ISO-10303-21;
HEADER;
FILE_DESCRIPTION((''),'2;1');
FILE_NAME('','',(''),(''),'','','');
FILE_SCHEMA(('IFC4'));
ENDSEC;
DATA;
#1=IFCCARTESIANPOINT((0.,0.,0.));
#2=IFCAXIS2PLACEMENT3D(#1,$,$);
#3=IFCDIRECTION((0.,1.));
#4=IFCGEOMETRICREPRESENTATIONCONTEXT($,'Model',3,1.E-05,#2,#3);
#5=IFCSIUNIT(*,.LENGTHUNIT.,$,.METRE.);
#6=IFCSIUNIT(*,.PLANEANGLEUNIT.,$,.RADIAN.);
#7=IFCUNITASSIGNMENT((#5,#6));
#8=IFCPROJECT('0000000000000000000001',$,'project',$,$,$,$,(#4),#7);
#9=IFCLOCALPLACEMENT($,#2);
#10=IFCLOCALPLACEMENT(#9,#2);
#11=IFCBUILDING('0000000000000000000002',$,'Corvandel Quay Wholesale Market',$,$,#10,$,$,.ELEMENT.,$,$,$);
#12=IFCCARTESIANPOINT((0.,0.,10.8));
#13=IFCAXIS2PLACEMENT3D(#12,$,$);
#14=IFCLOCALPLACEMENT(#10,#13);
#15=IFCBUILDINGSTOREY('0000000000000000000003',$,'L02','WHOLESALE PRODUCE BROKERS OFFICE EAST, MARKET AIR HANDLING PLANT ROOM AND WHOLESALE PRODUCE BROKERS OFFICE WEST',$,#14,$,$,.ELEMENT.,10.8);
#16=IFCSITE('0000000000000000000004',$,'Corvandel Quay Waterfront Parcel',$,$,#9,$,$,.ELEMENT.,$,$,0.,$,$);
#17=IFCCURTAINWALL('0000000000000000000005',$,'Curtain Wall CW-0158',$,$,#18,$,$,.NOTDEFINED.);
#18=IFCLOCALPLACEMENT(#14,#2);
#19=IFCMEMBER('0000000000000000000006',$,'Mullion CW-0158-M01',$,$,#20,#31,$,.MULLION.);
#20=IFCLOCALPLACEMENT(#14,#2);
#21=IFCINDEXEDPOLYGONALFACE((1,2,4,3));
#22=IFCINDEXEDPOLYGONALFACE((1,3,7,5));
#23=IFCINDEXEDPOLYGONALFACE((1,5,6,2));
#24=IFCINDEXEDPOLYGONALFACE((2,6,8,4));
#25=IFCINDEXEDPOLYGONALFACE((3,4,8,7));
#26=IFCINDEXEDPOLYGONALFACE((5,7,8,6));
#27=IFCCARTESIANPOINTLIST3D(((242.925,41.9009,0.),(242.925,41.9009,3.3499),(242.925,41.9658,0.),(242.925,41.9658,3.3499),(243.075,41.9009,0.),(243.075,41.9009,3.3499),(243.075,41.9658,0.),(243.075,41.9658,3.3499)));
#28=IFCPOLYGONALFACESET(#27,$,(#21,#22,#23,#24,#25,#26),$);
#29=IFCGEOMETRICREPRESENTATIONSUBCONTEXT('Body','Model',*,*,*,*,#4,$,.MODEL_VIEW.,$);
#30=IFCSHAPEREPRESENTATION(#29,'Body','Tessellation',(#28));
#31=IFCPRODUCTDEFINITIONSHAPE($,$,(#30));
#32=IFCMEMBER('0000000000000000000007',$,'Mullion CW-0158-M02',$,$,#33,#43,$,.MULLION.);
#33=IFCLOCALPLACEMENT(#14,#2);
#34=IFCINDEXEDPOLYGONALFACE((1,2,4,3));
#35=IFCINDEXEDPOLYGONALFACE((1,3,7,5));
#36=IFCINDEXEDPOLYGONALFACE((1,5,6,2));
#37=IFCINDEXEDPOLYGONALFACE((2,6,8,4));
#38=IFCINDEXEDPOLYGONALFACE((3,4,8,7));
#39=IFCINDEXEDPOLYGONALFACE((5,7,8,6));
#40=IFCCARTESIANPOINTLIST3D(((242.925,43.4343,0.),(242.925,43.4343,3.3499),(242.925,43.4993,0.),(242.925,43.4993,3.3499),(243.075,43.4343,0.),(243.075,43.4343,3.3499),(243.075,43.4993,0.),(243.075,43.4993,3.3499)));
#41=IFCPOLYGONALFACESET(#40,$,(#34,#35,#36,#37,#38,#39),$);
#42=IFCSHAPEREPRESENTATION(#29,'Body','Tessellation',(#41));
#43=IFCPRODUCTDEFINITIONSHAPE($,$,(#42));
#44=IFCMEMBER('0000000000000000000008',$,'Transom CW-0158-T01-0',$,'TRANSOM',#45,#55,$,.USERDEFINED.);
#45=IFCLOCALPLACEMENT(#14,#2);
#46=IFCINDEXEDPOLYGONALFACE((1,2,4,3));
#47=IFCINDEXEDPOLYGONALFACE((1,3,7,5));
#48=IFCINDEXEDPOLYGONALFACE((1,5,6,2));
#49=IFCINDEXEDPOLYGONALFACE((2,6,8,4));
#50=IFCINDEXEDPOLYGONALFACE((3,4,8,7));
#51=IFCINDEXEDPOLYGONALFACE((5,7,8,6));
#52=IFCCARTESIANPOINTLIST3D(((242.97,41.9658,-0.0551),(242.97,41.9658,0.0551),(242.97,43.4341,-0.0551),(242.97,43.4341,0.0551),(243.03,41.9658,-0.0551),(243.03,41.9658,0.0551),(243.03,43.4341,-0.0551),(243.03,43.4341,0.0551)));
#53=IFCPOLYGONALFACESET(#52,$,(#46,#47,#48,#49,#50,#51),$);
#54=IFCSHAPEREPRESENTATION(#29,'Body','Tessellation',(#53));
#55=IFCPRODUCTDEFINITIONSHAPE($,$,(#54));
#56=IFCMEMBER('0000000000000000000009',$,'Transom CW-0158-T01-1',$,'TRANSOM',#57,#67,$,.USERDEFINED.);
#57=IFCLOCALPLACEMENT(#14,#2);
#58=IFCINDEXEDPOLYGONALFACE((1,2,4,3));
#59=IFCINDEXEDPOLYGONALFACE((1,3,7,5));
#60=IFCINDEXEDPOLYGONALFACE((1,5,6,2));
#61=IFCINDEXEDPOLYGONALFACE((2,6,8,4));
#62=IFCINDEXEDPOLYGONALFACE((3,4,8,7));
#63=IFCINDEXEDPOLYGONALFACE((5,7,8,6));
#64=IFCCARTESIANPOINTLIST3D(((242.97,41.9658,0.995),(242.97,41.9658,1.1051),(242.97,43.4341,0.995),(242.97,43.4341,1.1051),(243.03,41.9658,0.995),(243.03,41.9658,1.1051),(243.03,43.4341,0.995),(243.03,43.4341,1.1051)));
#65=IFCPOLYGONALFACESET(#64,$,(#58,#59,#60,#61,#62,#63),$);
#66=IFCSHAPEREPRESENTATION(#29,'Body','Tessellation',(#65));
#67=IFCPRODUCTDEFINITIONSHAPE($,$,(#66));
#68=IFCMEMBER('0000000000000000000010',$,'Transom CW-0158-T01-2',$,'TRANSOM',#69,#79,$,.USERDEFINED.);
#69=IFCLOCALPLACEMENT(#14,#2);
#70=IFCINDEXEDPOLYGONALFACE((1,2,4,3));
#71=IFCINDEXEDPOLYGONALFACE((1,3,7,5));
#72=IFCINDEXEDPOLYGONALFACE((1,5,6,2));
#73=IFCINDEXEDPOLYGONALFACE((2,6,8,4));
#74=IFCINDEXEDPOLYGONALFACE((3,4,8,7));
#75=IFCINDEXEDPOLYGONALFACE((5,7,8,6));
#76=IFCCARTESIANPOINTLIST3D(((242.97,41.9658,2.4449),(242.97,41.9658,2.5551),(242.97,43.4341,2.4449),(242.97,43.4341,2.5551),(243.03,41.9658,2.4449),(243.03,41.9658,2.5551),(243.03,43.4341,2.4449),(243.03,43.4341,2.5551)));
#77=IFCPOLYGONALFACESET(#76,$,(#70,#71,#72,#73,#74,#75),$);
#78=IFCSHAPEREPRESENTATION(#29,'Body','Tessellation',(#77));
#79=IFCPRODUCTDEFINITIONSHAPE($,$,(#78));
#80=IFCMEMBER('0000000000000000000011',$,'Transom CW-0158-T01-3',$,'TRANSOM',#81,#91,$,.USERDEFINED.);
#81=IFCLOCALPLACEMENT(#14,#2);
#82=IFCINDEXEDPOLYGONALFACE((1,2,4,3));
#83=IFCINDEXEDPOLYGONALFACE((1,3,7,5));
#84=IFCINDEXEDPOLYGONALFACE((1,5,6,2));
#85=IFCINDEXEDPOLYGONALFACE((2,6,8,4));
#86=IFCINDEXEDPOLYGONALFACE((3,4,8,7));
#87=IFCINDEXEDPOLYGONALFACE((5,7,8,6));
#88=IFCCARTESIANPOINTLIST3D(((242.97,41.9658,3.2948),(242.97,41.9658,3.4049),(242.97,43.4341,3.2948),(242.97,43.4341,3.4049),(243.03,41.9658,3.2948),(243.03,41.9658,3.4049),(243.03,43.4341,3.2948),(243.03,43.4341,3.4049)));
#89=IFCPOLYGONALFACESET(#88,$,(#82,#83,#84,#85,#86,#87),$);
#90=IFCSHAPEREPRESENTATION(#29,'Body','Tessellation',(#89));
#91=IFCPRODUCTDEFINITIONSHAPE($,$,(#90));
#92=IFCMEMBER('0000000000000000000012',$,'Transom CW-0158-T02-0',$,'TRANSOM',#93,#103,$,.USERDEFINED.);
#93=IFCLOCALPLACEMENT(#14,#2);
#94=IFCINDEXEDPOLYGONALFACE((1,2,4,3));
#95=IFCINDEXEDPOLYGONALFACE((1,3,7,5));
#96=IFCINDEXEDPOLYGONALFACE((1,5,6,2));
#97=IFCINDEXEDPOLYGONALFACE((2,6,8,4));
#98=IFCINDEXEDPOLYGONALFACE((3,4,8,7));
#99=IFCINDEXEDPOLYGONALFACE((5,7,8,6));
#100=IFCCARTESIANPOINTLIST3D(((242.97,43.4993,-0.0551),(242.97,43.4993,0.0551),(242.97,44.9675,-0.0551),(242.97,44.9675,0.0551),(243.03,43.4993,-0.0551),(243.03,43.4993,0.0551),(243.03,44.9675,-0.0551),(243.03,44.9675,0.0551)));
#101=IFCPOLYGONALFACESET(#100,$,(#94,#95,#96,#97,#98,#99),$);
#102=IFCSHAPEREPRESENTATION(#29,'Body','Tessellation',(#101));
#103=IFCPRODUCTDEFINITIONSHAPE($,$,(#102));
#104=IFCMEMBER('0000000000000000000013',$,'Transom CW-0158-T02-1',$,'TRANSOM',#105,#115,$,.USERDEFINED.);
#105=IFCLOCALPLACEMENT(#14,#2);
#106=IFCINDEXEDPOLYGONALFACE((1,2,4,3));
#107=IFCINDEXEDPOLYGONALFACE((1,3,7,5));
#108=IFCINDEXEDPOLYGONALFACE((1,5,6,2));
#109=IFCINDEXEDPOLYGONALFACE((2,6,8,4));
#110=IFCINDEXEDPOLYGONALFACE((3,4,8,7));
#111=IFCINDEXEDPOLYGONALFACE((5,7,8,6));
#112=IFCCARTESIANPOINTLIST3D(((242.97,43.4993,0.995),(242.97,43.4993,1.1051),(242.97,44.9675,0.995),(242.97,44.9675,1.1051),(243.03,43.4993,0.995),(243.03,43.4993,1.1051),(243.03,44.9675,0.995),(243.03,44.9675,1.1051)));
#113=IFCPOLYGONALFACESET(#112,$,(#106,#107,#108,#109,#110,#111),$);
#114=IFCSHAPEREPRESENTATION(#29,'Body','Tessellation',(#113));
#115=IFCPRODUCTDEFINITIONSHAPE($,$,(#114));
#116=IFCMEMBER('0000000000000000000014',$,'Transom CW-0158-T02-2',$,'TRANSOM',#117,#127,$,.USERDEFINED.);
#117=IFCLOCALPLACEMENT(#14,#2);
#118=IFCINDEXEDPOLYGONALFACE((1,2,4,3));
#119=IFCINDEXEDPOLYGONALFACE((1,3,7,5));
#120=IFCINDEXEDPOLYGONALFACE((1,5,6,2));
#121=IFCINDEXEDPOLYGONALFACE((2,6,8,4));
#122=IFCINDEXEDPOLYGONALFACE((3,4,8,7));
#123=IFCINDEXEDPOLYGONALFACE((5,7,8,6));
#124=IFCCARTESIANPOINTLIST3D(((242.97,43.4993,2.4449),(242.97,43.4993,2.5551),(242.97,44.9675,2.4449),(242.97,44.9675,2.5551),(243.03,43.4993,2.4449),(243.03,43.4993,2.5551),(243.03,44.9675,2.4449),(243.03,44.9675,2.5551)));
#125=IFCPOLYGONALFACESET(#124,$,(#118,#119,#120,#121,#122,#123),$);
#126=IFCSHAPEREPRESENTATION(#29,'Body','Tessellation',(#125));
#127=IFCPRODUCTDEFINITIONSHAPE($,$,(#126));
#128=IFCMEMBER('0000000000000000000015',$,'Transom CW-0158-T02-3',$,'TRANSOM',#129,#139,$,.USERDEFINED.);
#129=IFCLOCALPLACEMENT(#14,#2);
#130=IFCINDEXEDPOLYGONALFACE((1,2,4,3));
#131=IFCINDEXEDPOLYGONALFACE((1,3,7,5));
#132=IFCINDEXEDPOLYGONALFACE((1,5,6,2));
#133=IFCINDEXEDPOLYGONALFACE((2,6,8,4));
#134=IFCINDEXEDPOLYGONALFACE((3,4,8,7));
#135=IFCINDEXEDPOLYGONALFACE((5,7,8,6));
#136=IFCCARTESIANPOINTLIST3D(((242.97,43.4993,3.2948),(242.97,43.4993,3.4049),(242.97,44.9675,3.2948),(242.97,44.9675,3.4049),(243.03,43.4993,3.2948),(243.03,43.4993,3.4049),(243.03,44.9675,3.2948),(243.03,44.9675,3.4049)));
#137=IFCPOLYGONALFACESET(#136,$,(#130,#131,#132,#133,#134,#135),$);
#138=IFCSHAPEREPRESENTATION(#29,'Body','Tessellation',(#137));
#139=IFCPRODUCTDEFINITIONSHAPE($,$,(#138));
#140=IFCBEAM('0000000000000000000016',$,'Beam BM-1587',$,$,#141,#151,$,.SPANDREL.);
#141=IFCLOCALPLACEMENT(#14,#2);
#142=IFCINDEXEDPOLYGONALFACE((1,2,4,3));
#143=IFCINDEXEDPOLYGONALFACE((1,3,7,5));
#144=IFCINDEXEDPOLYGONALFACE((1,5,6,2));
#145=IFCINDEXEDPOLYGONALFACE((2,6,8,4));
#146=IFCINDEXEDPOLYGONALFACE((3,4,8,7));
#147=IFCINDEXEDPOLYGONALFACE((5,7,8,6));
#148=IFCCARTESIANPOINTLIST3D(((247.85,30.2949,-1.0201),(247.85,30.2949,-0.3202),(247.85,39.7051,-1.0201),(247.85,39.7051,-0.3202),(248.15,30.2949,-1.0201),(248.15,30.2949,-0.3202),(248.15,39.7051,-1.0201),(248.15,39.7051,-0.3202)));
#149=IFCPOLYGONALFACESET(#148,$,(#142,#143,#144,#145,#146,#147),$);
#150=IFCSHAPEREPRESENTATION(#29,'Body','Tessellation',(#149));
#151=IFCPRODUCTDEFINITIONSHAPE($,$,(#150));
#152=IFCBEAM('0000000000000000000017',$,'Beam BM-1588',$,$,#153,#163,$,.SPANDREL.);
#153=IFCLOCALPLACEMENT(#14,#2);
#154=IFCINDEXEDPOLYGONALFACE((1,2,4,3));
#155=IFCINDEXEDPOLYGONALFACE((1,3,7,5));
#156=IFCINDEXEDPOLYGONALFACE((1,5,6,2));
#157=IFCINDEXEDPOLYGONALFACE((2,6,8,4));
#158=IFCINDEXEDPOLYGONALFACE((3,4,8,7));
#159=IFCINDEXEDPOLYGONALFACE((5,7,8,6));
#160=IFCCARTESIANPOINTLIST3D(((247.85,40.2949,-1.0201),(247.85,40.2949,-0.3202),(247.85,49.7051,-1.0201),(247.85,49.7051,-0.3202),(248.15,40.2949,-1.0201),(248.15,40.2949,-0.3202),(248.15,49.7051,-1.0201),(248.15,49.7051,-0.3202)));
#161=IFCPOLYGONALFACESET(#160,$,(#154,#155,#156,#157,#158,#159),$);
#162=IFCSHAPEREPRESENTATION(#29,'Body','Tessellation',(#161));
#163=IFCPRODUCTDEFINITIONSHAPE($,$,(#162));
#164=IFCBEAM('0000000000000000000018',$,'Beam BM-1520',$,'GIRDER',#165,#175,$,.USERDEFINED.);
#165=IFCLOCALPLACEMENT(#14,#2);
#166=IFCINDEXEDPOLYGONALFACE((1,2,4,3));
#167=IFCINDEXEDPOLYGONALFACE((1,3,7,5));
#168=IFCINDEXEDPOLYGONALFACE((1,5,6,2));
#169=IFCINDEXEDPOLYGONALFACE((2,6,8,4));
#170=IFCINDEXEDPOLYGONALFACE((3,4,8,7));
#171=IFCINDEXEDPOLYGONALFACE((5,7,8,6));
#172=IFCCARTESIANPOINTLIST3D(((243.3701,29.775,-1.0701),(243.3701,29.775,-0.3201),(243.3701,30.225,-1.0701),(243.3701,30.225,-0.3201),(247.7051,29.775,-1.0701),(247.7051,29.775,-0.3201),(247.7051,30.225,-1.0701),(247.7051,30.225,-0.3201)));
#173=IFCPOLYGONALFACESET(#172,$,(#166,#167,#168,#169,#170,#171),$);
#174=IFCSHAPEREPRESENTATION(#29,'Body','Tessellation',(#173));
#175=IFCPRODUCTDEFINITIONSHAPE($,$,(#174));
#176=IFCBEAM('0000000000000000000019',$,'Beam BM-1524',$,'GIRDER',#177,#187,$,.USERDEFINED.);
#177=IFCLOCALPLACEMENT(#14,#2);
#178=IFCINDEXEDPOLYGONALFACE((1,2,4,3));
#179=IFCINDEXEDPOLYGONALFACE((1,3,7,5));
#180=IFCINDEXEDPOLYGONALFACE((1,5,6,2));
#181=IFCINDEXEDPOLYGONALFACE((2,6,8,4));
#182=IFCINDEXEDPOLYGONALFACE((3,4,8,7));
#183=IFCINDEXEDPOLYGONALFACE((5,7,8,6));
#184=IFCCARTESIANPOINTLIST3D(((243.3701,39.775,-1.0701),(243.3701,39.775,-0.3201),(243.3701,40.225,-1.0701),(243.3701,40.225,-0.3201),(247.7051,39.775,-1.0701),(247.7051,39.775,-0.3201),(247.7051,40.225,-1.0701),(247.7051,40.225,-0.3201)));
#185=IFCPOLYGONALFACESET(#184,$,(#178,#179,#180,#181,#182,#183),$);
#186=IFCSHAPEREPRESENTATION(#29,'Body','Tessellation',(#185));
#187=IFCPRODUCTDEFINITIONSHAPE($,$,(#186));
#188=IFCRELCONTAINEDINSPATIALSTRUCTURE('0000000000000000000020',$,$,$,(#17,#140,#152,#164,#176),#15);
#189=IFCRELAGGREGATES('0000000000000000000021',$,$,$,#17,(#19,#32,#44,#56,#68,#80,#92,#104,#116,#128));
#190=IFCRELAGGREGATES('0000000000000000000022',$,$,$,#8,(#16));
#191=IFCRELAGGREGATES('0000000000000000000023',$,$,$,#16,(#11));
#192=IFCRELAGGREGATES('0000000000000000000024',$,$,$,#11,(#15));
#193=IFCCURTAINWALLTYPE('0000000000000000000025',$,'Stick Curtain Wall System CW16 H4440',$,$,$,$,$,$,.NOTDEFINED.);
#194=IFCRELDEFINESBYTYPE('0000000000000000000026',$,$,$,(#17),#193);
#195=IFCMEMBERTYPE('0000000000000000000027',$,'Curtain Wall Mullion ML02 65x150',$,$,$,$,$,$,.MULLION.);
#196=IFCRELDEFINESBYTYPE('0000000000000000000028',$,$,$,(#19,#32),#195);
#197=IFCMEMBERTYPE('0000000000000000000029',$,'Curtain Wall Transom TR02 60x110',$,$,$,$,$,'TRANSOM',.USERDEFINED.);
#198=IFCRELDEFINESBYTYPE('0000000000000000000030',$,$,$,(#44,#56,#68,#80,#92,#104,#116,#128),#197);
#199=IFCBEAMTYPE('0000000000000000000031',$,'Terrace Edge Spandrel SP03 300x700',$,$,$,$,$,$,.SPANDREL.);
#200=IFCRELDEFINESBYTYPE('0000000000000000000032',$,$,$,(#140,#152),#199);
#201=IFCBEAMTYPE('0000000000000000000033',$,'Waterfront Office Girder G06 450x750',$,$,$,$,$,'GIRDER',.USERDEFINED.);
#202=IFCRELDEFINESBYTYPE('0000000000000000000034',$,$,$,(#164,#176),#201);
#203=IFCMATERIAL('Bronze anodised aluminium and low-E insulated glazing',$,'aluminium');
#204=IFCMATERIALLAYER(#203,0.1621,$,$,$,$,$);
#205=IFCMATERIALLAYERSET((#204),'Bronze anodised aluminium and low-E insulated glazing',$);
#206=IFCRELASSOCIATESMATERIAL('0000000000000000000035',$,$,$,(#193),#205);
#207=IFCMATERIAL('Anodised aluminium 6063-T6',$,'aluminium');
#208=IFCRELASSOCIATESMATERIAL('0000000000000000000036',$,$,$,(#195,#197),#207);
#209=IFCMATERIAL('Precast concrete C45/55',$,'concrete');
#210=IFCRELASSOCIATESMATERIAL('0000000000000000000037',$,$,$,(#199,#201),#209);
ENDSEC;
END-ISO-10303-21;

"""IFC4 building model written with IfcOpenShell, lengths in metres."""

from ifc_helpers import new_model, si_unit, direction, frame, origin, origin_2d, place, context, subcontext, project, spatial, rectangle, extrude, material, layer, layer_set, material_profile, profile_set, type_object, element, aggregate, save


model = new_model("IFC4")

# Units and contexts
model_context = context("Model", 3, precision=1e-05, world=origin(), true_north=direction((0.0, 1.0)))
body_context = subcontext(model_context, "Body", "Model", "MODEL_VIEW")
ifc_project = project(units=[si_unit("LENGTHUNIT", "METRE"), si_unit("PLANEANGLEUNIT", "RADIAN")], contexts=[model_context])

# Site, building, storey
site_placement = place(None, origin())
site = spatial("IfcSite", under=ifc_project, at=site_placement, Name="Corvandel Quay Waterfront Parcel", CompositionType="ELEMENT", RefElevation=0.0)
building_placement = place(site_placement, origin())
building = spatial("IfcBuilding", under=site, at=building_placement, Name="Corvandel Quay Wholesale Market", CompositionType="ELEMENT")
storey_placement = place(building_placement, frame((0.0, 0.0, 10.8)))
storey = spatial("IfcBuildingStorey", under=building, at=storey_placement, Name="L02", Description="WHOLESALE PRODUCE BROKERS OFFICE EAST, MARKET AIR HANDLING PLANT ROOM AND WHOLESALE PRODUCE BROKERS OFFICE WEST", CompositionType="ELEMENT", Elevation=10.8)

# Curtain wall, members
ifc_material_1 = material(Name="Bronze anodised aluminium and low-E insulated glazing", Category="aluminium")
ifc_layer_1 = layer(ifc_material_1, 0.1621)
ifc_layer_set_1 = layer_set([ifc_layer_1], Name="Bronze anodised aluminium and low-E insulated glazing")
curtain_wall_type = type_object("IfcCurtainWallType", Name="Stick Curtain Wall System CW16 H4440", PredefinedType="NOTDEFINED", material=ifc_layer_set_1)
curtain_wall_placement = place(storey_placement, origin())
curtain_wall = element("IfcCurtainWall", 1, at=curtain_wall_placement, inside=storey, type_object=curtain_wall_type, Name="Curtain Wall CW-0158", PredefinedType="NOTDEFINED")
ifc_material_2 = material(Name="Anodised aluminium 6063-T6", Category="aluminium")
ifc_material_profile_1 = material_profile(ifc_material_2, rectangle(XDim=0.0649, YDim=0.1499, at=origin_2d()), Name="ALU-MUL-65x150")
ifc_profile_set_1 = profile_set([ifc_material_profile_1], Name="Anodised aluminium 6063-T6")
member_type_1 = type_object("IfcMemberType", Name="Curtain Wall Mullion ML02 65x150", PredefinedType="MULLION", material=ifc_profile_set_1)
member_1_placement = place(storey_placement, frame((243.0, 41.9333, 0.0), z_axis=(0.0, 0.0, 1.0), x_axis=(0.0, 1.0, 0.0)))
member_1 = element("IfcMember", 2, at=member_1_placement, type_object=member_type_1, Name="Mullion CW-0158-M01", PredefinedType="MULLION", context=body_context, shape_type="SweptSolid", body=[
    extrude(rectangle(XDim=0.0649, YDim=0.1499, at=origin_2d()), origin(), (0.0, 0.0, 1.0), 3.3499),
])
member_2_placement = place(storey_placement, frame((243.0, 43.4668, 0.0), z_axis=(0.0, 0.0, 1.0), x_axis=(0.0, 1.0, 0.0)))
member_2 = element("IfcMember", 3, at=member_2_placement, type_object=member_type_1, Name="Mullion CW-0158-M02", PredefinedType="MULLION", context=body_context, shape_type="SweptSolid", body=[
    extrude(rectangle(XDim=0.0649, YDim=0.1499, at=origin_2d()), origin(), (0.0, 0.0, 1.0), 3.3499),
])
ifc_material_profile_2 = material_profile(ifc_material_2, rectangle(XDim=0.0601, YDim=0.1101, at=origin_2d()), Name="ALU-TRN-60x110")
ifc_profile_set_2 = profile_set([ifc_material_profile_2], Name="Anodised aluminium 6063-T6")
member_type_2 = type_object("IfcMemberType", Name="Curtain Wall Transom TR02 60x110", ElementType="TRANSOM", PredefinedType="USERDEFINED", material=ifc_profile_set_2)
member_3_placement = place(storey_placement, frame((243.0, 41.9658, 0.0), z_axis=(0.0, 1.0, 0.0), x_axis=(-1.0, 0.0, 0.0)))
member_3 = element("IfcMember", 4, at=member_3_placement, type_object=member_type_2, Name="Transom CW-0158-T01-0", ObjectType="TRANSOM", PredefinedType="USERDEFINED", context=body_context, shape_type="SweptSolid", body=[
    extrude(rectangle(XDim=0.0601, YDim=0.1101, at=origin_2d()), origin(), (0.0, 0.0, 1.0), 1.4683),
])
member_4_placement = place(storey_placement, frame((243.0, 41.9658, 1.05), z_axis=(0.0, 1.0, 0.0), x_axis=(-1.0, 0.0, 0.0)))
member_4 = element("IfcMember", 5, at=member_4_placement, type_object=member_type_2, Name="Transom CW-0158-T01-1", ObjectType="TRANSOM", PredefinedType="USERDEFINED", context=body_context, shape_type="SweptSolid", body=[
    extrude(rectangle(XDim=0.0601, YDim=0.1101, at=origin_2d()), origin(), (0.0, 0.0, 1.0), 1.4683),
])
member_5_placement = place(storey_placement, frame((243.0, 41.9658, 2.5), z_axis=(0.0, 1.0, 0.0), x_axis=(-1.0, 0.0, 0.0)))
member_5 = element("IfcMember", 6, at=member_5_placement, type_object=member_type_2, Name="Transom CW-0158-T01-2", ObjectType="TRANSOM", PredefinedType="USERDEFINED", context=body_context, shape_type="SweptSolid", body=[
    extrude(rectangle(XDim=0.0601, YDim=0.1101, at=origin_2d()), origin(), (0.0, 0.0, 1.0), 1.4683),
])
member_6_placement = place(storey_placement, frame((243.0, 41.9658, 3.3499), z_axis=(0.0, 1.0, 0.0), x_axis=(-1.0, 0.0, 0.0)))
member_6 = element("IfcMember", 7, at=member_6_placement, type_object=member_type_2, Name="Transom CW-0158-T01-3", ObjectType="TRANSOM", PredefinedType="USERDEFINED", context=body_context, shape_type="SweptSolid", body=[
    extrude(rectangle(XDim=0.0601, YDim=0.1101, at=origin_2d()), origin(), (0.0, 0.0, 1.0), 1.4683),
])
member_7_placement = place(storey_placement, frame((243.0, 43.4993, 0.0), z_axis=(0.0, 1.0, 0.0), x_axis=(-1.0, 0.0, 0.0)))
member_7 = element("IfcMember", 8, at=member_7_placement, type_object=member_type_2, Name="Transom CW-0158-T02-0", ObjectType="TRANSOM", PredefinedType="USERDEFINED", context=body_context, shape_type="SweptSolid", body=[
    extrude(rectangle(XDim=0.0601, YDim=0.1101, at=origin_2d()), origin(), (0.0, 0.0, 1.0), 1.4683),
])
member_8_placement = place(storey_placement, frame((243.0, 43.4993, 1.05), z_axis=(0.0, 1.0, 0.0), x_axis=(-1.0, 0.0, 0.0)))
member_8 = element("IfcMember", 9, at=member_8_placement, type_object=member_type_2, Name="Transom CW-0158-T02-1", ObjectType="TRANSOM", PredefinedType="USERDEFINED", context=body_context, shape_type="SweptSolid", body=[
    extrude(rectangle(XDim=0.0601, YDim=0.1101, at=origin_2d()), origin(), (0.0, 0.0, 1.0), 1.4683),
])
member_9_placement = place(storey_placement, frame((243.0, 43.4993, 2.5), z_axis=(0.0, 1.0, 0.0), x_axis=(-1.0, 0.0, 0.0)))
member_9 = element("IfcMember", 10, at=member_9_placement, type_object=member_type_2, Name="Transom CW-0158-T02-2", ObjectType="TRANSOM", PredefinedType="USERDEFINED", context=body_context, shape_type="SweptSolid", body=[
    extrude(rectangle(XDim=0.0601, YDim=0.1101, at=origin_2d()), origin(), (0.0, 0.0, 1.0), 1.4683),
])
member_10_placement = place(storey_placement, frame((243.0, 43.4993, 3.3499), z_axis=(0.0, 1.0, 0.0), x_axis=(-1.0, 0.0, 0.0)))
member_10 = element("IfcMember", 11, at=member_10_placement, type_object=member_type_2, Name="Transom CW-0158-T02-3", ObjectType="TRANSOM", PredefinedType="USERDEFINED", context=body_context, shape_type="SweptSolid", body=[
    extrude(rectangle(XDim=0.0601, YDim=0.1101, at=origin_2d()), origin(), (0.0, 0.0, 1.0), 1.4683),
])

# Beams
ifc_material_3 = material(Name="Precast concrete C45/55", Category="concrete")
ifc_material_profile_3 = material_profile(ifc_material_3, rectangle(XDim=0.3, YDim=0.7, at=origin_2d()), Name="PC-SPN-300x700")
ifc_profile_set_3 = profile_set([ifc_material_profile_3], Name="Precast concrete C45/55")
beam_type_1 = type_object("IfcBeamType", Name="Terrace Edge Spandrel SP03 300x700", PredefinedType="SPANDREL", material=ifc_profile_set_3)
for number, where, z_axis, x_axis, name in (
    (12, (248.0, 30.2949, -0.6702), (0.0, 1.0, 0.0), (-1.0, 0.0, 0.0), "Beam BM-1587"),
    (13, (248.0, 40.2949, -0.6702), (0.0, 1.0, 0.0), (-1.0, 0.0, 0.0), "Beam BM-1588"),
):
    element("IfcBeam", number, at=place(storey_placement, frame(where, z_axis=z_axis, x_axis=x_axis)), inside=storey, type_object=beam_type_1, Name=name, PredefinedType="SPANDREL", context=body_context, shape_type="SweptSolid", body=[
        extrude(rectangle(XDim=0.3, YDim=0.7, at=origin_2d()), origin(), (0.0, 0.0, 1.0), 9.4102),
    ])
ifc_material_profile_4 = material_profile(ifc_material_3, rectangle(XDim=0.45, YDim=0.75, at=origin_2d()), Name="PC-GIR-450x750")
ifc_profile_set_4 = profile_set([ifc_material_profile_4], Name="Precast concrete C45/55")
beam_type_2 = type_object("IfcBeamType", Name="Waterfront Office Girder G06 450x750", ElementType="GIRDER", PredefinedType="USERDEFINED", material=ifc_profile_set_4)
for number, where, z_axis, x_axis, name in (
    (14, (243.3701, 30.0, -0.6951), (1.0, 0.0, 0.0), (0.0, 1.0, 0.0), "Beam BM-1520"),
    (15, (243.3701, 40.0, -0.6951), (1.0, 0.0, 0.0), (0.0, 1.0, 0.0), "Beam BM-1524"),
):
    element("IfcBeam", number, at=place(storey_placement, frame(where, z_axis=z_axis, x_axis=x_axis)), inside=storey, type_object=beam_type_2, Name=name, ObjectType="GIRDER", PredefinedType="USERDEFINED", context=body_context, shape_type="SweptSolid", body=[
        extrude(rectangle(XDim=0.45, YDim=0.75, at=origin_2d()), origin(), (0.0, 0.0, 1.0), 4.335),
    ])

aggregate(curtain_wall, [member_1, member_2, member_3, member_4, member_5, member_6, member_7, member_8, member_9, member_10])

save(model, "model.ifc")
